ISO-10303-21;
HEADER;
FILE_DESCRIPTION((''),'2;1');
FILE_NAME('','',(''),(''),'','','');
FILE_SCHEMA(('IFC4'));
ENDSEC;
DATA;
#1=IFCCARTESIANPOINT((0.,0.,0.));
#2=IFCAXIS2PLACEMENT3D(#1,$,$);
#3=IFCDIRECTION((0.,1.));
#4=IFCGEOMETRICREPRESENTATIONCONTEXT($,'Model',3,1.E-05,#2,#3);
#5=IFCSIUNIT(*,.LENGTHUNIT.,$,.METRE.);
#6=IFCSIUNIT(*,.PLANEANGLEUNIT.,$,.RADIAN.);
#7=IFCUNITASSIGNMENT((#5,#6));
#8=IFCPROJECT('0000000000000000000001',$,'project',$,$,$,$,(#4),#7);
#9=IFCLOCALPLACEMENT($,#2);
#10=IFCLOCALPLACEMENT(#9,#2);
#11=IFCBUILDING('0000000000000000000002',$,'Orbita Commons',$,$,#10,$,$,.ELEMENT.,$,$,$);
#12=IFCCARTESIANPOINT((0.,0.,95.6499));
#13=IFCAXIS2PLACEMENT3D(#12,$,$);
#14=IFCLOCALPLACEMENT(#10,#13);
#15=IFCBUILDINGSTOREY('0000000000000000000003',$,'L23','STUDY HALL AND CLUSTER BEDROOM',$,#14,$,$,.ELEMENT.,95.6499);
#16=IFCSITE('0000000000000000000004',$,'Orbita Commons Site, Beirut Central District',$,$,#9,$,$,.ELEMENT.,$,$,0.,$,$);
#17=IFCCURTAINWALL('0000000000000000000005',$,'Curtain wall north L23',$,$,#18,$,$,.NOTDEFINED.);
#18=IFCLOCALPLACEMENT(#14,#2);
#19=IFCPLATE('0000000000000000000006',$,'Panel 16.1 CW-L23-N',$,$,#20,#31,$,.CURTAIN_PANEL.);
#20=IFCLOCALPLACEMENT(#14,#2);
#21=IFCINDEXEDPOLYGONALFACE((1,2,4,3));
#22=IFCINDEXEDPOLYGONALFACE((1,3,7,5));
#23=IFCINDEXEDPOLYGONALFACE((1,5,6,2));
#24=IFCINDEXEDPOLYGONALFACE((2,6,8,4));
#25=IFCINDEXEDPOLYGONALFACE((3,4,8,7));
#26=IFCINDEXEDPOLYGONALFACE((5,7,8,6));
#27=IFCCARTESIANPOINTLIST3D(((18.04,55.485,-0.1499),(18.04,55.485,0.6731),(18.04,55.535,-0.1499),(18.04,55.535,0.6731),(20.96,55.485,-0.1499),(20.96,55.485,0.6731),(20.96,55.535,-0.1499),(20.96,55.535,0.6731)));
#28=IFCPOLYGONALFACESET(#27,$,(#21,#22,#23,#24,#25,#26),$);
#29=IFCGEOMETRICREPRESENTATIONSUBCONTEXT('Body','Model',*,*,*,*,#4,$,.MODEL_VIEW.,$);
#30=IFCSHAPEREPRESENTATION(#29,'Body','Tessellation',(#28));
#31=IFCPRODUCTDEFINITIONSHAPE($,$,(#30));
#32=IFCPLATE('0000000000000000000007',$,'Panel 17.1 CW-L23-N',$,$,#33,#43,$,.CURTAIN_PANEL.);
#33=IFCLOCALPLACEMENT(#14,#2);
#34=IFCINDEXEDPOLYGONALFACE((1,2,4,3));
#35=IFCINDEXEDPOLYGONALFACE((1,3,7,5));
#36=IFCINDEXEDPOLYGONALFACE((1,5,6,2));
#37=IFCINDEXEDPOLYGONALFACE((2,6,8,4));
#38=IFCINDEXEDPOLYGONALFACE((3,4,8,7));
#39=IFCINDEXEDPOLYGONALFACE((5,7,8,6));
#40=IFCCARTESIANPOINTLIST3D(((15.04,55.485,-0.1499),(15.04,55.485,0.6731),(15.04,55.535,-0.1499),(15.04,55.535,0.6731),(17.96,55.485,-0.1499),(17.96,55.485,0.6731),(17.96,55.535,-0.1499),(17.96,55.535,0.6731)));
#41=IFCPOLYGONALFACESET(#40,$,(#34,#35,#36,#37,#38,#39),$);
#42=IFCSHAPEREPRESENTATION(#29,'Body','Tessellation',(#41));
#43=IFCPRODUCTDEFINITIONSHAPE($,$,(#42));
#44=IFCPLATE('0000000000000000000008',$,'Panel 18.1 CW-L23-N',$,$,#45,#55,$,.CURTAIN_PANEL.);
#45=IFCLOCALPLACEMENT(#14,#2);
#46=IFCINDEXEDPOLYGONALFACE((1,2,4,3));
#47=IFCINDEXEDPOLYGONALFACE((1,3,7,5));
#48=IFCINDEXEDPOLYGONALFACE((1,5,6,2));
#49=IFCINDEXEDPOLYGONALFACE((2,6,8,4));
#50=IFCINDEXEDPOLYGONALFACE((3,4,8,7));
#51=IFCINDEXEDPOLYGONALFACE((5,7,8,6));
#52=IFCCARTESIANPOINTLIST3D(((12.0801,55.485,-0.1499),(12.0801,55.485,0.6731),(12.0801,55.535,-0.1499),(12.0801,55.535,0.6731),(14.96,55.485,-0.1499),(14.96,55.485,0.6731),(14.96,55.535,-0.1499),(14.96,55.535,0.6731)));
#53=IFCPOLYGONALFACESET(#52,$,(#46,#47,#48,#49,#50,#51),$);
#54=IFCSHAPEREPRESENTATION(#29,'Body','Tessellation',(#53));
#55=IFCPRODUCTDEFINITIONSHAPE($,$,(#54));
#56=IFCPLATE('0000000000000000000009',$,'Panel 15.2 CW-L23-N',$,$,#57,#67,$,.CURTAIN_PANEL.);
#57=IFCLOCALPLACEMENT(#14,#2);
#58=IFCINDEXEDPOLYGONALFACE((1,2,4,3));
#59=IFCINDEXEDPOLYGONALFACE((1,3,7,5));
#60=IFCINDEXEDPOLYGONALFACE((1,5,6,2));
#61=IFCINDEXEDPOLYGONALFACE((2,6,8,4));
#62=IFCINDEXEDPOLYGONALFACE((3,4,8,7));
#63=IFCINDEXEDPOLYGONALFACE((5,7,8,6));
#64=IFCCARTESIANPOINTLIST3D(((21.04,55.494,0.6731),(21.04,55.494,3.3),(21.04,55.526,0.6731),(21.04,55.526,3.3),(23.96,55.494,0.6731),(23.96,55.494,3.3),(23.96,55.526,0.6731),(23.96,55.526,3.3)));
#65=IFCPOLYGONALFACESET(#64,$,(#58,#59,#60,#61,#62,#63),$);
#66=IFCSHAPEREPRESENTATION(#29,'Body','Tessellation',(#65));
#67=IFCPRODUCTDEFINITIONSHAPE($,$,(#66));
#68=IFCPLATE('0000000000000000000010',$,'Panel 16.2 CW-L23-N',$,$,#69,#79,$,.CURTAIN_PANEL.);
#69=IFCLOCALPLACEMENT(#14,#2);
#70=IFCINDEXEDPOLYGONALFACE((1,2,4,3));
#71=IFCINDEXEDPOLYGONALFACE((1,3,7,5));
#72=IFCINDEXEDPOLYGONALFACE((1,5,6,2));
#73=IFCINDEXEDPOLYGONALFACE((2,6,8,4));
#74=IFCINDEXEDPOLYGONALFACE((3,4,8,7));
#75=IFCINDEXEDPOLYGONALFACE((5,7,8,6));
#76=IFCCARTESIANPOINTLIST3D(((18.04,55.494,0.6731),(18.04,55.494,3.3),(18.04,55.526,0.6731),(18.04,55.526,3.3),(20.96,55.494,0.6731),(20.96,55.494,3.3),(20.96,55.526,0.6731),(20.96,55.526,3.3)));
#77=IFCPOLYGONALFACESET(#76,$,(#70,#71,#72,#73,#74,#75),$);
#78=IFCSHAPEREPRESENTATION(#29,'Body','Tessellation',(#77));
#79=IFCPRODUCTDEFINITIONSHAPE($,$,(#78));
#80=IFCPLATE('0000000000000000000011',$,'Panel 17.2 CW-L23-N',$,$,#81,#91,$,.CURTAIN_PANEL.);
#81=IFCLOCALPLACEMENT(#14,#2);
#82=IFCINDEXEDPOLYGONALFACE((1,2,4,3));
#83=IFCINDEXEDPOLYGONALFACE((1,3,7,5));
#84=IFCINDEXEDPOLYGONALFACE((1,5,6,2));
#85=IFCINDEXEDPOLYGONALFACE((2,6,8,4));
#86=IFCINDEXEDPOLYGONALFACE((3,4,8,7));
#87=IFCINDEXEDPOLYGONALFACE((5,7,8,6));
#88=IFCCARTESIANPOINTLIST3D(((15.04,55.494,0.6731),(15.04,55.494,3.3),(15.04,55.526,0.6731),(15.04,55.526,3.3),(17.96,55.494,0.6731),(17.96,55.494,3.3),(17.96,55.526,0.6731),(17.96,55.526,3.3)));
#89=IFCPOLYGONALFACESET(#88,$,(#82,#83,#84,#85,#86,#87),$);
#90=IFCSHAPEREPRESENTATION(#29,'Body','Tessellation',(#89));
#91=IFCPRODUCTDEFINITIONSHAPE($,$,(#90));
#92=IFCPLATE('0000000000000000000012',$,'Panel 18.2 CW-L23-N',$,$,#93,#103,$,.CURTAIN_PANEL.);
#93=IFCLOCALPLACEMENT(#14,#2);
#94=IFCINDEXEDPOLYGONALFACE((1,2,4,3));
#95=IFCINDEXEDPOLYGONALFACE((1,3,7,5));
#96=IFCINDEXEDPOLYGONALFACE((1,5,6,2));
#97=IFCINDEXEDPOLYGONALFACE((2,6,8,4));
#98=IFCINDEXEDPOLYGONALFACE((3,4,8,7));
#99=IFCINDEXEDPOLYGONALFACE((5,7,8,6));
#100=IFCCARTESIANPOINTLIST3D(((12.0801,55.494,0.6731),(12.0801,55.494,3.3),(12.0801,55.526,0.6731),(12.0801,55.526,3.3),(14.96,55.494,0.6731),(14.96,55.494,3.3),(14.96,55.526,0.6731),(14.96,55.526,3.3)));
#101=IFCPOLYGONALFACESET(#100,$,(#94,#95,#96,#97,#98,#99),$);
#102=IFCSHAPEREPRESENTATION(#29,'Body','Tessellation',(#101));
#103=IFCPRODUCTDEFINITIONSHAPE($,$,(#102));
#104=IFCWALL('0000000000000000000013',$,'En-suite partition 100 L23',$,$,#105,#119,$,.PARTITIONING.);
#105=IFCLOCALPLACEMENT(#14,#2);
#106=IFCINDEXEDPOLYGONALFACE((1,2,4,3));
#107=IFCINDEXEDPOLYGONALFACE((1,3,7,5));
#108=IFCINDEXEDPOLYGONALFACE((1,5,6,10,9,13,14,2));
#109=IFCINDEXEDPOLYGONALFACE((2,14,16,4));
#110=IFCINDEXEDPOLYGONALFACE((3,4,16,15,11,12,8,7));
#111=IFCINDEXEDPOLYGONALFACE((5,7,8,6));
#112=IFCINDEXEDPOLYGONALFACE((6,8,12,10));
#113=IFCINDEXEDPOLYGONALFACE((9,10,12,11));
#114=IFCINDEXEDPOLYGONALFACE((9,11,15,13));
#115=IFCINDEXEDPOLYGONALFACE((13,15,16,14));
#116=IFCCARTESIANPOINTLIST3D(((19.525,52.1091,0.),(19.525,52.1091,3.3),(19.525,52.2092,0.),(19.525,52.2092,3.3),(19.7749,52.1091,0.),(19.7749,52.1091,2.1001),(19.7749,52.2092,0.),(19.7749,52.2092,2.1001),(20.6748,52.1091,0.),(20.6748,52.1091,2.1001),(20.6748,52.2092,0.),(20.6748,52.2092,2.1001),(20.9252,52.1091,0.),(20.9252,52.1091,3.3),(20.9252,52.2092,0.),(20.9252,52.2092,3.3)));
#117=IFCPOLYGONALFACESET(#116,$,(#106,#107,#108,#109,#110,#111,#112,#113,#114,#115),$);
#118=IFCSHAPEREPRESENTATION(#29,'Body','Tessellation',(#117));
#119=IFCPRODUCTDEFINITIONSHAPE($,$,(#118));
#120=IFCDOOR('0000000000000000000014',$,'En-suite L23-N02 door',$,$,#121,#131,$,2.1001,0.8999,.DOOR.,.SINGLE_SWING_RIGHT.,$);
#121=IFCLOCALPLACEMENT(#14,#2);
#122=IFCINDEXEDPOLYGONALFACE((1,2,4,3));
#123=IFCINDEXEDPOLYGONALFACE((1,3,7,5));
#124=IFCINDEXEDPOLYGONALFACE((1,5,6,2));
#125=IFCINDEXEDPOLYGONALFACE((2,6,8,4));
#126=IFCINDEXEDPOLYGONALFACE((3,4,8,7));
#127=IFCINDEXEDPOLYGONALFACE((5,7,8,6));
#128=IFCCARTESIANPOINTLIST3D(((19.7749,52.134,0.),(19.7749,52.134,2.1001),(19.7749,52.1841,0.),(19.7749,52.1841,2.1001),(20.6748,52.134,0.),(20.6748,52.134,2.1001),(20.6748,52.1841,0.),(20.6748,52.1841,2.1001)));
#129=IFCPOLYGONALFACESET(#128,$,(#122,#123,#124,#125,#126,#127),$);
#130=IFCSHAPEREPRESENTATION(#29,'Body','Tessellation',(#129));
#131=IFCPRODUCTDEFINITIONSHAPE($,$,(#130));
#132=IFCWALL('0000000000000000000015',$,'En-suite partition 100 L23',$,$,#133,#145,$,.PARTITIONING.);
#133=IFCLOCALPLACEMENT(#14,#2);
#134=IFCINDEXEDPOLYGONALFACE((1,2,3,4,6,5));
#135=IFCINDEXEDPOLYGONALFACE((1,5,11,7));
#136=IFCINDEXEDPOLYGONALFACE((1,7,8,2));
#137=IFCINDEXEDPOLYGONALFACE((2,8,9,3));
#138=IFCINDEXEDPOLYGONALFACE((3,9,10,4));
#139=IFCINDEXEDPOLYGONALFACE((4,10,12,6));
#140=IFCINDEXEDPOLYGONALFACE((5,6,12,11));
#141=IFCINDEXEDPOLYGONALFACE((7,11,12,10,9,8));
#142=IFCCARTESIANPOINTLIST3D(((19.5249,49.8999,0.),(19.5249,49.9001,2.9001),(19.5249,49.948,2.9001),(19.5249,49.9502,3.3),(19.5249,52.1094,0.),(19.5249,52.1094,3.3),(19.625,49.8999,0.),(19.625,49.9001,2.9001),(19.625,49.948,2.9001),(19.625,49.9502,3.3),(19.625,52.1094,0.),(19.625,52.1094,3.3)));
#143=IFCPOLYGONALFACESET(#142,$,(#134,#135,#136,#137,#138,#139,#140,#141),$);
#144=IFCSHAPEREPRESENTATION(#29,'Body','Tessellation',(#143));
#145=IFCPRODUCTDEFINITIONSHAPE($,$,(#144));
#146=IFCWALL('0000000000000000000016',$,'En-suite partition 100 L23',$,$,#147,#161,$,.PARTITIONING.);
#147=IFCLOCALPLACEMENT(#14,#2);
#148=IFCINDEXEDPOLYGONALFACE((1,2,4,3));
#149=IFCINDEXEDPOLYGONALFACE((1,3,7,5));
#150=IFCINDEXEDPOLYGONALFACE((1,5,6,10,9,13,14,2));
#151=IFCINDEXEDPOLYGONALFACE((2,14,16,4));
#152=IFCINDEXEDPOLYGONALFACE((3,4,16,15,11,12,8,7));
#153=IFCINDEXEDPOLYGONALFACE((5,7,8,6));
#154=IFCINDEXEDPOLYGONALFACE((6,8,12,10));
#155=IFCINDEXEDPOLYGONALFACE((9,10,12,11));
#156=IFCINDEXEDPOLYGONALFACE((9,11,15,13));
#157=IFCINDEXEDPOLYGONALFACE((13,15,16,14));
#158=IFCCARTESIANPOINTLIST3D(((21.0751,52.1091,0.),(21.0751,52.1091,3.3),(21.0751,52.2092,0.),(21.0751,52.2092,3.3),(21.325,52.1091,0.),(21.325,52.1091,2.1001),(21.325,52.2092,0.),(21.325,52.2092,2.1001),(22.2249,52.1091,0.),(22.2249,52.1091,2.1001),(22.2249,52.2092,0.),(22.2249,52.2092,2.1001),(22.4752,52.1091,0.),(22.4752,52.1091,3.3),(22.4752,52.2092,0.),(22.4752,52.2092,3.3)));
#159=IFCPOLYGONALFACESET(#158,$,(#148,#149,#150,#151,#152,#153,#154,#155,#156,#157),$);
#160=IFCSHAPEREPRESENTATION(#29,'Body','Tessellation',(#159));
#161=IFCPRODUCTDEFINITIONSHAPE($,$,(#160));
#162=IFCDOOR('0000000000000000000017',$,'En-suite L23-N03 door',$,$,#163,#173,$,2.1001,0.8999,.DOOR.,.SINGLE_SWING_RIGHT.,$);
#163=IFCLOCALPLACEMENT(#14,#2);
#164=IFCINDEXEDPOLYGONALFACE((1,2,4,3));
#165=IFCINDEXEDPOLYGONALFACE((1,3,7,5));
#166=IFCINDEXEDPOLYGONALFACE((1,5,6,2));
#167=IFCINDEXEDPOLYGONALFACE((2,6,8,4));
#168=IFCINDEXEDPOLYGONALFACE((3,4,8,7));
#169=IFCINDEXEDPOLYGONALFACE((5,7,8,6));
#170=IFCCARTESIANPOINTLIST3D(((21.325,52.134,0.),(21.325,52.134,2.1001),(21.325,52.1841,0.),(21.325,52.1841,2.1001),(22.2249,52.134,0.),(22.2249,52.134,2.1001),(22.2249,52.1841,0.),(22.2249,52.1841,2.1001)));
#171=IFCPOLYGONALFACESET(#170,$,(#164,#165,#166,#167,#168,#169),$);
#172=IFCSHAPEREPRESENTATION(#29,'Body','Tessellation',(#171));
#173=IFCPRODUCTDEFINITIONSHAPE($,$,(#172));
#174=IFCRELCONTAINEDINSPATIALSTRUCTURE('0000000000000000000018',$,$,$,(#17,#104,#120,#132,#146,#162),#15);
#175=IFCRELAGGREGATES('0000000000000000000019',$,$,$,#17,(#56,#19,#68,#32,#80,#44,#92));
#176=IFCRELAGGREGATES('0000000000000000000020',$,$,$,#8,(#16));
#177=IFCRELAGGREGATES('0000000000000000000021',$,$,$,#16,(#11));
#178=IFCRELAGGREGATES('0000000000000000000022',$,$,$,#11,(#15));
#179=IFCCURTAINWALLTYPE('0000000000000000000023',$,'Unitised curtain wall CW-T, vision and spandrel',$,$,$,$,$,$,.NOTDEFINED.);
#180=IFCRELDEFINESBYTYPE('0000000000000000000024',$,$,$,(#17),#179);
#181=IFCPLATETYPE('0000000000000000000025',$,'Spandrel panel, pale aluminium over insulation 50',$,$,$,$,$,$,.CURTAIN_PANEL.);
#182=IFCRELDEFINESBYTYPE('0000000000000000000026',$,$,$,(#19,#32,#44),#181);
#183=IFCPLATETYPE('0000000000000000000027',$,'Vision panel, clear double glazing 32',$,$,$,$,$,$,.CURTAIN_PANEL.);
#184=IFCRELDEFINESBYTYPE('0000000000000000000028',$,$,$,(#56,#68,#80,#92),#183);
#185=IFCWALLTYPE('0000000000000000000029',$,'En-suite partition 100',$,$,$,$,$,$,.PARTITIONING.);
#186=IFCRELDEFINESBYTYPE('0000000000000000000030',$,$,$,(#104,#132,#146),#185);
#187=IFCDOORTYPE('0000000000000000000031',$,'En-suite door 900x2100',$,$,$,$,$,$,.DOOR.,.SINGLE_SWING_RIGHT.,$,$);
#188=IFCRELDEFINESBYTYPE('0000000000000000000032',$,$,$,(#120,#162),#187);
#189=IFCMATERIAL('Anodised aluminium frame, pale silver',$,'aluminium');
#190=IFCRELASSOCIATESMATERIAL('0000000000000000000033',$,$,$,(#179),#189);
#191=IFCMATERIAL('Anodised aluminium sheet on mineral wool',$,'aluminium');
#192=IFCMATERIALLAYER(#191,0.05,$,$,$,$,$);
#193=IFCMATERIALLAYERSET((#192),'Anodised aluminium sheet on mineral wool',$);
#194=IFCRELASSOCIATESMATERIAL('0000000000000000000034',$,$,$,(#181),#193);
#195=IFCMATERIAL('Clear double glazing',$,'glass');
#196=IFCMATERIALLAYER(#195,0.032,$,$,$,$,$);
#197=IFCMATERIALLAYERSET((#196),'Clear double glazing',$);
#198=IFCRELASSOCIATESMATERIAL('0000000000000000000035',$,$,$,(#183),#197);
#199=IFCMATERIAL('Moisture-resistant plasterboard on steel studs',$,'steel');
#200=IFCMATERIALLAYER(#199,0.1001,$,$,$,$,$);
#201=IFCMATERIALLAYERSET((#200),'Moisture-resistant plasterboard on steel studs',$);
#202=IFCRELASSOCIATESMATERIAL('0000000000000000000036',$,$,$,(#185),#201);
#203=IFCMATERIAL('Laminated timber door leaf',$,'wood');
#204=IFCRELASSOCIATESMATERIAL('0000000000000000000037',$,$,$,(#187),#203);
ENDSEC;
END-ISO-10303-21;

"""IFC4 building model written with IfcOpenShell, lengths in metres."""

from ifc_helpers import new_model, si_unit, direction, frame, frame_2d, origin, origin_2d, place, context, subcontext, project, spatial, polyline, rectangle, outline, extrude, material, layer, layer_set, type_object, element, fill, aggregate, save


model = new_model("IFC4")

# Units and contexts
model_context = context("Model", 3, precision=1e-05, world=origin(), true_north=direction((0.0, 1.0)))
body_context = subcontext(model_context, "Body", "Model", "MODEL_VIEW")
ifc_project = project(units=[si_unit("LENGTHUNIT", "METRE"), si_unit("PLANEANGLEUNIT", "RADIAN")], contexts=[model_context])

# Site, building, storey
site_placement = place(None, origin())
site = spatial("IfcSite", under=ifc_project, at=site_placement, Name="Orbita Commons Site, Beirut Central District", CompositionType="ELEMENT", RefElevation=0.0)
building_placement = place(site_placement, origin())
building = spatial("IfcBuilding", under=site, at=building_placement, Name="Orbita Commons", CompositionType="ELEMENT")
storey_placement = place(building_placement, frame((0.0, 0.0, 95.6499)))
storey = spatial("IfcBuildingStorey", under=building, at=storey_placement, Name="L23", Description="STUDY HALL AND CLUSTER BEDROOM", CompositionType="ELEMENT", Elevation=95.6499)

# Curtain wall
ifc_material_1 = material(Name="Anodised aluminium frame, pale silver", Category="aluminium")
curtain_wall_type = type_object("IfcCurtainWallType", Name="Unitised curtain wall CW-T, vision and spandrel", PredefinedType="NOTDEFINED", material=ifc_material_1)
curtain_wall_placement = place(storey_placement, origin())
curtain_wall = element("IfcCurtainWall", 1, at=curtain_wall_placement, inside=storey, type_object=curtain_wall_type, Name="Curtain wall north L23", PredefinedType="NOTDEFINED")

# Plates
ifc_material_2 = material(Name="Anodised aluminium sheet on mineral wool", Category="aluminium")
ifc_layer_1 = layer(ifc_material_2, 0.05)
ifc_layer_set_1 = layer_set([ifc_layer_1], Name="Anodised aluminium sheet on mineral wool")
plate_type_1 = type_object("IfcPlateType", Name="Spandrel panel, pale aluminium over insulation 50", PredefinedType="CURTAIN_PANEL", material=ifc_layer_set_1)
plate_1_placement = place(storey_placement, frame((19.5, 55.51, -0.1499), z_axis=(0.0, 0.0, 1.0), x_axis=(-1.0, 0.0, 0.0)))
plate_1 = element("IfcPlate", 2, at=plate_1_placement, type_object=plate_type_1, Name="Panel 16.1 CW-L23-N", PredefinedType="CURTAIN_PANEL", context=body_context, shape_type="SweptSolid", body=[
    extrude(rectangle(XDim=2.9199, YDim=0.05, at=origin_2d()), origin(), (0.0, 0.0, 1.0), 0.823),
])
plate_2_placement = place(storey_placement, frame((16.5, 55.51, -0.1499), z_axis=(0.0, 0.0, 1.0), x_axis=(-1.0, 0.0, 0.0)))
plate_2 = element("IfcPlate", 3, at=plate_2_placement, type_object=plate_type_1, Name="Panel 17.1 CW-L23-N", PredefinedType="CURTAIN_PANEL", context=body_context, shape_type="SweptSolid", body=[
    extrude(rectangle(XDim=2.9199, YDim=0.05, at=origin_2d()), origin(), (0.0, 0.0, 1.0), 0.823),
])
plate_3_placement = place(storey_placement, frame((13.52, 55.51, -0.1499), z_axis=(0.0, 0.0, 1.0), x_axis=(-1.0, 0.0, 0.0)))
plate_3 = element("IfcPlate", 4, at=plate_3_placement, type_object=plate_type_1, Name="Panel 18.1 CW-L23-N", PredefinedType="CURTAIN_PANEL", context=body_context, shape_type="SweptSolid", body=[
    extrude(rectangle(XDim=2.8799, YDim=0.05, at=origin_2d()), origin(), (0.0, 0.0, 1.0), 0.823),
])
ifc_material_3 = material(Name="Clear double glazing", Category="glass")
ifc_layer_2 = layer(ifc_material_3, 0.032)
ifc_layer_set_2 = layer_set([ifc_layer_2], Name="Clear double glazing")
plate_type_2 = type_object("IfcPlateType", Name="Vision panel, clear double glazing 32", PredefinedType="CURTAIN_PANEL", material=ifc_layer_set_2)
plate_4_placement = place(storey_placement, frame((22.5, 55.51, 0.6731), z_axis=(0.0, 0.0, 1.0), x_axis=(-1.0, 0.0, 0.0)))
plate_4 = element("IfcPlate", 5, at=plate_4_placement, type_object=plate_type_2, Name="Panel 15.2 CW-L23-N", PredefinedType="CURTAIN_PANEL", context=body_context, shape_type="SweptSolid", body=[
    extrude(rectangle(XDim=2.9199, YDim=0.032, at=origin_2d()), origin(), (0.0, 0.0, 1.0), 2.627),
])
plate_5_placement = place(storey_placement, frame((19.5, 55.51, 0.6731), z_axis=(0.0, 0.0, 1.0), x_axis=(-1.0, 0.0, 0.0)))
plate_5 = element("IfcPlate", 6, at=plate_5_placement, type_object=plate_type_2, Name="Panel 16.2 CW-L23-N", PredefinedType="CURTAIN_PANEL", context=body_context, shape_type="SweptSolid", body=[
    extrude(rectangle(XDim=2.9199, YDim=0.032, at=origin_2d()), origin(), (0.0, 0.0, 1.0), 2.627),
])
plate_6_placement = place(storey_placement, frame((16.5, 55.51, 0.6731), z_axis=(0.0, 0.0, 1.0), x_axis=(-1.0, 0.0, 0.0)))
plate_6 = element("IfcPlate", 7, at=plate_6_placement, type_object=plate_type_2, Name="Panel 17.2 CW-L23-N", PredefinedType="CURTAIN_PANEL", context=body_context, shape_type="SweptSolid", body=[
    extrude(rectangle(XDim=2.9199, YDim=0.032, at=origin_2d()), origin(), (0.0, 0.0, 1.0), 2.627),
])
plate_7_placement = place(storey_placement, frame((13.52, 55.51, 0.6731), z_axis=(0.0, 0.0, 1.0), x_axis=(-1.0, 0.0, 0.0)))
plate_7 = element("IfcPlate", 8, at=plate_7_placement, type_object=plate_type_2, Name="Panel 18.2 CW-L23-N", PredefinedType="CURTAIN_PANEL", context=body_context, shape_type="SweptSolid", body=[
    extrude(rectangle(XDim=2.8799, YDim=0.032, at=origin_2d()), origin(), (0.0, 0.0, 1.0), 2.627),
])
aggregate(curtain_wall, [plate_4, plate_1, plate_5, plate_2, plate_6, plate_3, plate_7])

# Wall, opening, door
ifc_material_4 = material(Name="Moisture-resistant plasterboard on steel studs", Category="steel")
ifc_layer_3 = layer(ifc_material_4, 0.1001)
ifc_layer_set_3 = layer_set([ifc_layer_3], Name="Moisture-resistant plasterboard on steel studs")
wall_type_1 = type_object("IfcWallType", Name="En-suite partition 100", PredefinedType="PARTITIONING", material=ifc_layer_set_3)
wall_1_placement = place(storey_placement, frame((19.5249, 52.1592, 0.0), z_axis=(0.0, 0.0, 1.0), x_axis=(1.0, 0.0, 0.0)))
wall_1 = element("IfcWall", 9, at=wall_1_placement, inside=storey, type_object=wall_type_1, Name="En-suite partition 100 L23", PredefinedType="PARTITIONING", context=body_context, shape_type="SweptSolid", body=[
    extrude(rectangle(XDim=1.4001, YDim=0.1001, at=frame_2d((0.7002, 0.0))), origin(), (0.0, 0.0, 1.0), 3.3),
])
opening_1_placement = place(wall_1_placement, frame((0.25, 0.0, 0.0)))
opening_1 = element("IfcOpeningElement", 10, at=opening_1_placement, cuts=wall_1, PredefinedType="OPENING", context=body_context, shape_type="SweptSolid", body=[
    extrude(rectangle(XDim=0.8999, YDim=2.1001, at=frame_2d((0.45, 1.05))), frame((0.0, 0.0601, 0.0), z_axis=(0.0, -1.0, 0.0), x_axis=(1.0, 0.0, 0.0)), (0.0, 0.0, 1.0), 0.1201),
])
ifc_material_5 = material(Name="Laminated timber door leaf", Category="wood")
door_type = type_object("IfcDoorType", Name="En-suite door 900x2100", OperationType="SINGLE_SWING_RIGHT", PredefinedType="DOOR", material=ifc_material_5)
door_1_placement = place(opening_1_placement, origin())
door_1 = element("IfcDoor", 11, at=door_1_placement, inside=storey, type_object=door_type, Name="En-suite L23-N02 door", OperationType="SINGLE_SWING_RIGHT", OverallHeight=2.1001, OverallWidth=0.8999, PredefinedType="DOOR", context=body_context, shape_type="SweptSolid", body=[
    extrude(rectangle(XDim=0.8999, YDim=2.1001, at=frame_2d((0.45, 1.05))), frame((0.0, 0.0249, 0.0), z_axis=(0.0, -1.0, 0.0), x_axis=(1.0, 0.0, 0.0)), (0.0, 0.0, 1.0), 0.05),
])
fill(opening_1, door_1)

# Wall
wall_2_placement = place(storey_placement, frame((19.575, 52.1094, 0.0), z_axis=(0.0, 0.0, 1.0), x_axis=(0.0, -1.0, 0.0)))
element("IfcWall", 12, at=wall_2_placement, inside=storey, type_object=wall_type_1, Name="En-suite partition 100 L23", PredefinedType="PARTITIONING", context=body_context, shape_type="SweptSolid", body=[
    extrude(outline(polyline([(0.0, 0.0), (2.2095, 0.0), (2.2092, 2.9001), (2.1614, 2.9001), (2.1592, 3.3), (0.0, 3.3), (0.0, 0.0)])), frame((0.0, 0.05, 0.0), z_axis=(0.0, -1.0, 0.0), x_axis=(1.0, 0.0, 0.0)), (0.0, 0.0, 1.0), 0.1001),
])

# Wall, opening, door
wall_3_placement = place(storey_placement, frame((21.075, 52.1592, 0.0), z_axis=(0.0, 0.0, 1.0), x_axis=(1.0, 0.0, 0.0)))
wall_3 = element("IfcWall", 13, at=wall_3_placement, inside=storey, type_object=wall_type_1, Name="En-suite partition 100 L23", PredefinedType="PARTITIONING", context=body_context, shape_type="SweptSolid", body=[
    extrude(rectangle(XDim=1.4001, YDim=0.1001, at=frame_2d((0.7002, 0.0))), origin(), (0.0, 0.0, 1.0), 3.3),
])
opening_2_placement = place(wall_3_placement, frame((0.25, 0.0, 0.0)))
opening_2 = element("IfcOpeningElement", 14, at=opening_2_placement, cuts=wall_3, PredefinedType="OPENING", context=body_context, shape_type="SweptSolid", body=[
    extrude(rectangle(XDim=0.8999, YDim=2.1001, at=frame_2d((0.45, 1.05))), frame((0.0, 0.0601, 0.0), z_axis=(0.0, -1.0, 0.0), x_axis=(1.0, 0.0, 0.0)), (0.0, 0.0, 1.0), 0.1201),
])
door_2_placement = place(opening_2_placement, origin())
door_2 = element("IfcDoor", 15, at=door_2_placement, inside=storey, type_object=door_type, Name="En-suite L23-N03 door", OperationType="SINGLE_SWING_RIGHT", OverallHeight=2.1001, OverallWidth=0.8999, PredefinedType="DOOR", context=body_context, shape_type="SweptSolid", body=[
    extrude(rectangle(XDim=0.8999, YDim=2.1001, at=frame_2d((0.45, 1.05))), frame((0.0, 0.0249, 0.0), z_axis=(0.0, -1.0, 0.0), x_axis=(1.0, 0.0, 0.0)), (0.0, 0.0, 1.0), 0.05),
])
fill(opening_2, door_2)

save(model, "model.ifc")
